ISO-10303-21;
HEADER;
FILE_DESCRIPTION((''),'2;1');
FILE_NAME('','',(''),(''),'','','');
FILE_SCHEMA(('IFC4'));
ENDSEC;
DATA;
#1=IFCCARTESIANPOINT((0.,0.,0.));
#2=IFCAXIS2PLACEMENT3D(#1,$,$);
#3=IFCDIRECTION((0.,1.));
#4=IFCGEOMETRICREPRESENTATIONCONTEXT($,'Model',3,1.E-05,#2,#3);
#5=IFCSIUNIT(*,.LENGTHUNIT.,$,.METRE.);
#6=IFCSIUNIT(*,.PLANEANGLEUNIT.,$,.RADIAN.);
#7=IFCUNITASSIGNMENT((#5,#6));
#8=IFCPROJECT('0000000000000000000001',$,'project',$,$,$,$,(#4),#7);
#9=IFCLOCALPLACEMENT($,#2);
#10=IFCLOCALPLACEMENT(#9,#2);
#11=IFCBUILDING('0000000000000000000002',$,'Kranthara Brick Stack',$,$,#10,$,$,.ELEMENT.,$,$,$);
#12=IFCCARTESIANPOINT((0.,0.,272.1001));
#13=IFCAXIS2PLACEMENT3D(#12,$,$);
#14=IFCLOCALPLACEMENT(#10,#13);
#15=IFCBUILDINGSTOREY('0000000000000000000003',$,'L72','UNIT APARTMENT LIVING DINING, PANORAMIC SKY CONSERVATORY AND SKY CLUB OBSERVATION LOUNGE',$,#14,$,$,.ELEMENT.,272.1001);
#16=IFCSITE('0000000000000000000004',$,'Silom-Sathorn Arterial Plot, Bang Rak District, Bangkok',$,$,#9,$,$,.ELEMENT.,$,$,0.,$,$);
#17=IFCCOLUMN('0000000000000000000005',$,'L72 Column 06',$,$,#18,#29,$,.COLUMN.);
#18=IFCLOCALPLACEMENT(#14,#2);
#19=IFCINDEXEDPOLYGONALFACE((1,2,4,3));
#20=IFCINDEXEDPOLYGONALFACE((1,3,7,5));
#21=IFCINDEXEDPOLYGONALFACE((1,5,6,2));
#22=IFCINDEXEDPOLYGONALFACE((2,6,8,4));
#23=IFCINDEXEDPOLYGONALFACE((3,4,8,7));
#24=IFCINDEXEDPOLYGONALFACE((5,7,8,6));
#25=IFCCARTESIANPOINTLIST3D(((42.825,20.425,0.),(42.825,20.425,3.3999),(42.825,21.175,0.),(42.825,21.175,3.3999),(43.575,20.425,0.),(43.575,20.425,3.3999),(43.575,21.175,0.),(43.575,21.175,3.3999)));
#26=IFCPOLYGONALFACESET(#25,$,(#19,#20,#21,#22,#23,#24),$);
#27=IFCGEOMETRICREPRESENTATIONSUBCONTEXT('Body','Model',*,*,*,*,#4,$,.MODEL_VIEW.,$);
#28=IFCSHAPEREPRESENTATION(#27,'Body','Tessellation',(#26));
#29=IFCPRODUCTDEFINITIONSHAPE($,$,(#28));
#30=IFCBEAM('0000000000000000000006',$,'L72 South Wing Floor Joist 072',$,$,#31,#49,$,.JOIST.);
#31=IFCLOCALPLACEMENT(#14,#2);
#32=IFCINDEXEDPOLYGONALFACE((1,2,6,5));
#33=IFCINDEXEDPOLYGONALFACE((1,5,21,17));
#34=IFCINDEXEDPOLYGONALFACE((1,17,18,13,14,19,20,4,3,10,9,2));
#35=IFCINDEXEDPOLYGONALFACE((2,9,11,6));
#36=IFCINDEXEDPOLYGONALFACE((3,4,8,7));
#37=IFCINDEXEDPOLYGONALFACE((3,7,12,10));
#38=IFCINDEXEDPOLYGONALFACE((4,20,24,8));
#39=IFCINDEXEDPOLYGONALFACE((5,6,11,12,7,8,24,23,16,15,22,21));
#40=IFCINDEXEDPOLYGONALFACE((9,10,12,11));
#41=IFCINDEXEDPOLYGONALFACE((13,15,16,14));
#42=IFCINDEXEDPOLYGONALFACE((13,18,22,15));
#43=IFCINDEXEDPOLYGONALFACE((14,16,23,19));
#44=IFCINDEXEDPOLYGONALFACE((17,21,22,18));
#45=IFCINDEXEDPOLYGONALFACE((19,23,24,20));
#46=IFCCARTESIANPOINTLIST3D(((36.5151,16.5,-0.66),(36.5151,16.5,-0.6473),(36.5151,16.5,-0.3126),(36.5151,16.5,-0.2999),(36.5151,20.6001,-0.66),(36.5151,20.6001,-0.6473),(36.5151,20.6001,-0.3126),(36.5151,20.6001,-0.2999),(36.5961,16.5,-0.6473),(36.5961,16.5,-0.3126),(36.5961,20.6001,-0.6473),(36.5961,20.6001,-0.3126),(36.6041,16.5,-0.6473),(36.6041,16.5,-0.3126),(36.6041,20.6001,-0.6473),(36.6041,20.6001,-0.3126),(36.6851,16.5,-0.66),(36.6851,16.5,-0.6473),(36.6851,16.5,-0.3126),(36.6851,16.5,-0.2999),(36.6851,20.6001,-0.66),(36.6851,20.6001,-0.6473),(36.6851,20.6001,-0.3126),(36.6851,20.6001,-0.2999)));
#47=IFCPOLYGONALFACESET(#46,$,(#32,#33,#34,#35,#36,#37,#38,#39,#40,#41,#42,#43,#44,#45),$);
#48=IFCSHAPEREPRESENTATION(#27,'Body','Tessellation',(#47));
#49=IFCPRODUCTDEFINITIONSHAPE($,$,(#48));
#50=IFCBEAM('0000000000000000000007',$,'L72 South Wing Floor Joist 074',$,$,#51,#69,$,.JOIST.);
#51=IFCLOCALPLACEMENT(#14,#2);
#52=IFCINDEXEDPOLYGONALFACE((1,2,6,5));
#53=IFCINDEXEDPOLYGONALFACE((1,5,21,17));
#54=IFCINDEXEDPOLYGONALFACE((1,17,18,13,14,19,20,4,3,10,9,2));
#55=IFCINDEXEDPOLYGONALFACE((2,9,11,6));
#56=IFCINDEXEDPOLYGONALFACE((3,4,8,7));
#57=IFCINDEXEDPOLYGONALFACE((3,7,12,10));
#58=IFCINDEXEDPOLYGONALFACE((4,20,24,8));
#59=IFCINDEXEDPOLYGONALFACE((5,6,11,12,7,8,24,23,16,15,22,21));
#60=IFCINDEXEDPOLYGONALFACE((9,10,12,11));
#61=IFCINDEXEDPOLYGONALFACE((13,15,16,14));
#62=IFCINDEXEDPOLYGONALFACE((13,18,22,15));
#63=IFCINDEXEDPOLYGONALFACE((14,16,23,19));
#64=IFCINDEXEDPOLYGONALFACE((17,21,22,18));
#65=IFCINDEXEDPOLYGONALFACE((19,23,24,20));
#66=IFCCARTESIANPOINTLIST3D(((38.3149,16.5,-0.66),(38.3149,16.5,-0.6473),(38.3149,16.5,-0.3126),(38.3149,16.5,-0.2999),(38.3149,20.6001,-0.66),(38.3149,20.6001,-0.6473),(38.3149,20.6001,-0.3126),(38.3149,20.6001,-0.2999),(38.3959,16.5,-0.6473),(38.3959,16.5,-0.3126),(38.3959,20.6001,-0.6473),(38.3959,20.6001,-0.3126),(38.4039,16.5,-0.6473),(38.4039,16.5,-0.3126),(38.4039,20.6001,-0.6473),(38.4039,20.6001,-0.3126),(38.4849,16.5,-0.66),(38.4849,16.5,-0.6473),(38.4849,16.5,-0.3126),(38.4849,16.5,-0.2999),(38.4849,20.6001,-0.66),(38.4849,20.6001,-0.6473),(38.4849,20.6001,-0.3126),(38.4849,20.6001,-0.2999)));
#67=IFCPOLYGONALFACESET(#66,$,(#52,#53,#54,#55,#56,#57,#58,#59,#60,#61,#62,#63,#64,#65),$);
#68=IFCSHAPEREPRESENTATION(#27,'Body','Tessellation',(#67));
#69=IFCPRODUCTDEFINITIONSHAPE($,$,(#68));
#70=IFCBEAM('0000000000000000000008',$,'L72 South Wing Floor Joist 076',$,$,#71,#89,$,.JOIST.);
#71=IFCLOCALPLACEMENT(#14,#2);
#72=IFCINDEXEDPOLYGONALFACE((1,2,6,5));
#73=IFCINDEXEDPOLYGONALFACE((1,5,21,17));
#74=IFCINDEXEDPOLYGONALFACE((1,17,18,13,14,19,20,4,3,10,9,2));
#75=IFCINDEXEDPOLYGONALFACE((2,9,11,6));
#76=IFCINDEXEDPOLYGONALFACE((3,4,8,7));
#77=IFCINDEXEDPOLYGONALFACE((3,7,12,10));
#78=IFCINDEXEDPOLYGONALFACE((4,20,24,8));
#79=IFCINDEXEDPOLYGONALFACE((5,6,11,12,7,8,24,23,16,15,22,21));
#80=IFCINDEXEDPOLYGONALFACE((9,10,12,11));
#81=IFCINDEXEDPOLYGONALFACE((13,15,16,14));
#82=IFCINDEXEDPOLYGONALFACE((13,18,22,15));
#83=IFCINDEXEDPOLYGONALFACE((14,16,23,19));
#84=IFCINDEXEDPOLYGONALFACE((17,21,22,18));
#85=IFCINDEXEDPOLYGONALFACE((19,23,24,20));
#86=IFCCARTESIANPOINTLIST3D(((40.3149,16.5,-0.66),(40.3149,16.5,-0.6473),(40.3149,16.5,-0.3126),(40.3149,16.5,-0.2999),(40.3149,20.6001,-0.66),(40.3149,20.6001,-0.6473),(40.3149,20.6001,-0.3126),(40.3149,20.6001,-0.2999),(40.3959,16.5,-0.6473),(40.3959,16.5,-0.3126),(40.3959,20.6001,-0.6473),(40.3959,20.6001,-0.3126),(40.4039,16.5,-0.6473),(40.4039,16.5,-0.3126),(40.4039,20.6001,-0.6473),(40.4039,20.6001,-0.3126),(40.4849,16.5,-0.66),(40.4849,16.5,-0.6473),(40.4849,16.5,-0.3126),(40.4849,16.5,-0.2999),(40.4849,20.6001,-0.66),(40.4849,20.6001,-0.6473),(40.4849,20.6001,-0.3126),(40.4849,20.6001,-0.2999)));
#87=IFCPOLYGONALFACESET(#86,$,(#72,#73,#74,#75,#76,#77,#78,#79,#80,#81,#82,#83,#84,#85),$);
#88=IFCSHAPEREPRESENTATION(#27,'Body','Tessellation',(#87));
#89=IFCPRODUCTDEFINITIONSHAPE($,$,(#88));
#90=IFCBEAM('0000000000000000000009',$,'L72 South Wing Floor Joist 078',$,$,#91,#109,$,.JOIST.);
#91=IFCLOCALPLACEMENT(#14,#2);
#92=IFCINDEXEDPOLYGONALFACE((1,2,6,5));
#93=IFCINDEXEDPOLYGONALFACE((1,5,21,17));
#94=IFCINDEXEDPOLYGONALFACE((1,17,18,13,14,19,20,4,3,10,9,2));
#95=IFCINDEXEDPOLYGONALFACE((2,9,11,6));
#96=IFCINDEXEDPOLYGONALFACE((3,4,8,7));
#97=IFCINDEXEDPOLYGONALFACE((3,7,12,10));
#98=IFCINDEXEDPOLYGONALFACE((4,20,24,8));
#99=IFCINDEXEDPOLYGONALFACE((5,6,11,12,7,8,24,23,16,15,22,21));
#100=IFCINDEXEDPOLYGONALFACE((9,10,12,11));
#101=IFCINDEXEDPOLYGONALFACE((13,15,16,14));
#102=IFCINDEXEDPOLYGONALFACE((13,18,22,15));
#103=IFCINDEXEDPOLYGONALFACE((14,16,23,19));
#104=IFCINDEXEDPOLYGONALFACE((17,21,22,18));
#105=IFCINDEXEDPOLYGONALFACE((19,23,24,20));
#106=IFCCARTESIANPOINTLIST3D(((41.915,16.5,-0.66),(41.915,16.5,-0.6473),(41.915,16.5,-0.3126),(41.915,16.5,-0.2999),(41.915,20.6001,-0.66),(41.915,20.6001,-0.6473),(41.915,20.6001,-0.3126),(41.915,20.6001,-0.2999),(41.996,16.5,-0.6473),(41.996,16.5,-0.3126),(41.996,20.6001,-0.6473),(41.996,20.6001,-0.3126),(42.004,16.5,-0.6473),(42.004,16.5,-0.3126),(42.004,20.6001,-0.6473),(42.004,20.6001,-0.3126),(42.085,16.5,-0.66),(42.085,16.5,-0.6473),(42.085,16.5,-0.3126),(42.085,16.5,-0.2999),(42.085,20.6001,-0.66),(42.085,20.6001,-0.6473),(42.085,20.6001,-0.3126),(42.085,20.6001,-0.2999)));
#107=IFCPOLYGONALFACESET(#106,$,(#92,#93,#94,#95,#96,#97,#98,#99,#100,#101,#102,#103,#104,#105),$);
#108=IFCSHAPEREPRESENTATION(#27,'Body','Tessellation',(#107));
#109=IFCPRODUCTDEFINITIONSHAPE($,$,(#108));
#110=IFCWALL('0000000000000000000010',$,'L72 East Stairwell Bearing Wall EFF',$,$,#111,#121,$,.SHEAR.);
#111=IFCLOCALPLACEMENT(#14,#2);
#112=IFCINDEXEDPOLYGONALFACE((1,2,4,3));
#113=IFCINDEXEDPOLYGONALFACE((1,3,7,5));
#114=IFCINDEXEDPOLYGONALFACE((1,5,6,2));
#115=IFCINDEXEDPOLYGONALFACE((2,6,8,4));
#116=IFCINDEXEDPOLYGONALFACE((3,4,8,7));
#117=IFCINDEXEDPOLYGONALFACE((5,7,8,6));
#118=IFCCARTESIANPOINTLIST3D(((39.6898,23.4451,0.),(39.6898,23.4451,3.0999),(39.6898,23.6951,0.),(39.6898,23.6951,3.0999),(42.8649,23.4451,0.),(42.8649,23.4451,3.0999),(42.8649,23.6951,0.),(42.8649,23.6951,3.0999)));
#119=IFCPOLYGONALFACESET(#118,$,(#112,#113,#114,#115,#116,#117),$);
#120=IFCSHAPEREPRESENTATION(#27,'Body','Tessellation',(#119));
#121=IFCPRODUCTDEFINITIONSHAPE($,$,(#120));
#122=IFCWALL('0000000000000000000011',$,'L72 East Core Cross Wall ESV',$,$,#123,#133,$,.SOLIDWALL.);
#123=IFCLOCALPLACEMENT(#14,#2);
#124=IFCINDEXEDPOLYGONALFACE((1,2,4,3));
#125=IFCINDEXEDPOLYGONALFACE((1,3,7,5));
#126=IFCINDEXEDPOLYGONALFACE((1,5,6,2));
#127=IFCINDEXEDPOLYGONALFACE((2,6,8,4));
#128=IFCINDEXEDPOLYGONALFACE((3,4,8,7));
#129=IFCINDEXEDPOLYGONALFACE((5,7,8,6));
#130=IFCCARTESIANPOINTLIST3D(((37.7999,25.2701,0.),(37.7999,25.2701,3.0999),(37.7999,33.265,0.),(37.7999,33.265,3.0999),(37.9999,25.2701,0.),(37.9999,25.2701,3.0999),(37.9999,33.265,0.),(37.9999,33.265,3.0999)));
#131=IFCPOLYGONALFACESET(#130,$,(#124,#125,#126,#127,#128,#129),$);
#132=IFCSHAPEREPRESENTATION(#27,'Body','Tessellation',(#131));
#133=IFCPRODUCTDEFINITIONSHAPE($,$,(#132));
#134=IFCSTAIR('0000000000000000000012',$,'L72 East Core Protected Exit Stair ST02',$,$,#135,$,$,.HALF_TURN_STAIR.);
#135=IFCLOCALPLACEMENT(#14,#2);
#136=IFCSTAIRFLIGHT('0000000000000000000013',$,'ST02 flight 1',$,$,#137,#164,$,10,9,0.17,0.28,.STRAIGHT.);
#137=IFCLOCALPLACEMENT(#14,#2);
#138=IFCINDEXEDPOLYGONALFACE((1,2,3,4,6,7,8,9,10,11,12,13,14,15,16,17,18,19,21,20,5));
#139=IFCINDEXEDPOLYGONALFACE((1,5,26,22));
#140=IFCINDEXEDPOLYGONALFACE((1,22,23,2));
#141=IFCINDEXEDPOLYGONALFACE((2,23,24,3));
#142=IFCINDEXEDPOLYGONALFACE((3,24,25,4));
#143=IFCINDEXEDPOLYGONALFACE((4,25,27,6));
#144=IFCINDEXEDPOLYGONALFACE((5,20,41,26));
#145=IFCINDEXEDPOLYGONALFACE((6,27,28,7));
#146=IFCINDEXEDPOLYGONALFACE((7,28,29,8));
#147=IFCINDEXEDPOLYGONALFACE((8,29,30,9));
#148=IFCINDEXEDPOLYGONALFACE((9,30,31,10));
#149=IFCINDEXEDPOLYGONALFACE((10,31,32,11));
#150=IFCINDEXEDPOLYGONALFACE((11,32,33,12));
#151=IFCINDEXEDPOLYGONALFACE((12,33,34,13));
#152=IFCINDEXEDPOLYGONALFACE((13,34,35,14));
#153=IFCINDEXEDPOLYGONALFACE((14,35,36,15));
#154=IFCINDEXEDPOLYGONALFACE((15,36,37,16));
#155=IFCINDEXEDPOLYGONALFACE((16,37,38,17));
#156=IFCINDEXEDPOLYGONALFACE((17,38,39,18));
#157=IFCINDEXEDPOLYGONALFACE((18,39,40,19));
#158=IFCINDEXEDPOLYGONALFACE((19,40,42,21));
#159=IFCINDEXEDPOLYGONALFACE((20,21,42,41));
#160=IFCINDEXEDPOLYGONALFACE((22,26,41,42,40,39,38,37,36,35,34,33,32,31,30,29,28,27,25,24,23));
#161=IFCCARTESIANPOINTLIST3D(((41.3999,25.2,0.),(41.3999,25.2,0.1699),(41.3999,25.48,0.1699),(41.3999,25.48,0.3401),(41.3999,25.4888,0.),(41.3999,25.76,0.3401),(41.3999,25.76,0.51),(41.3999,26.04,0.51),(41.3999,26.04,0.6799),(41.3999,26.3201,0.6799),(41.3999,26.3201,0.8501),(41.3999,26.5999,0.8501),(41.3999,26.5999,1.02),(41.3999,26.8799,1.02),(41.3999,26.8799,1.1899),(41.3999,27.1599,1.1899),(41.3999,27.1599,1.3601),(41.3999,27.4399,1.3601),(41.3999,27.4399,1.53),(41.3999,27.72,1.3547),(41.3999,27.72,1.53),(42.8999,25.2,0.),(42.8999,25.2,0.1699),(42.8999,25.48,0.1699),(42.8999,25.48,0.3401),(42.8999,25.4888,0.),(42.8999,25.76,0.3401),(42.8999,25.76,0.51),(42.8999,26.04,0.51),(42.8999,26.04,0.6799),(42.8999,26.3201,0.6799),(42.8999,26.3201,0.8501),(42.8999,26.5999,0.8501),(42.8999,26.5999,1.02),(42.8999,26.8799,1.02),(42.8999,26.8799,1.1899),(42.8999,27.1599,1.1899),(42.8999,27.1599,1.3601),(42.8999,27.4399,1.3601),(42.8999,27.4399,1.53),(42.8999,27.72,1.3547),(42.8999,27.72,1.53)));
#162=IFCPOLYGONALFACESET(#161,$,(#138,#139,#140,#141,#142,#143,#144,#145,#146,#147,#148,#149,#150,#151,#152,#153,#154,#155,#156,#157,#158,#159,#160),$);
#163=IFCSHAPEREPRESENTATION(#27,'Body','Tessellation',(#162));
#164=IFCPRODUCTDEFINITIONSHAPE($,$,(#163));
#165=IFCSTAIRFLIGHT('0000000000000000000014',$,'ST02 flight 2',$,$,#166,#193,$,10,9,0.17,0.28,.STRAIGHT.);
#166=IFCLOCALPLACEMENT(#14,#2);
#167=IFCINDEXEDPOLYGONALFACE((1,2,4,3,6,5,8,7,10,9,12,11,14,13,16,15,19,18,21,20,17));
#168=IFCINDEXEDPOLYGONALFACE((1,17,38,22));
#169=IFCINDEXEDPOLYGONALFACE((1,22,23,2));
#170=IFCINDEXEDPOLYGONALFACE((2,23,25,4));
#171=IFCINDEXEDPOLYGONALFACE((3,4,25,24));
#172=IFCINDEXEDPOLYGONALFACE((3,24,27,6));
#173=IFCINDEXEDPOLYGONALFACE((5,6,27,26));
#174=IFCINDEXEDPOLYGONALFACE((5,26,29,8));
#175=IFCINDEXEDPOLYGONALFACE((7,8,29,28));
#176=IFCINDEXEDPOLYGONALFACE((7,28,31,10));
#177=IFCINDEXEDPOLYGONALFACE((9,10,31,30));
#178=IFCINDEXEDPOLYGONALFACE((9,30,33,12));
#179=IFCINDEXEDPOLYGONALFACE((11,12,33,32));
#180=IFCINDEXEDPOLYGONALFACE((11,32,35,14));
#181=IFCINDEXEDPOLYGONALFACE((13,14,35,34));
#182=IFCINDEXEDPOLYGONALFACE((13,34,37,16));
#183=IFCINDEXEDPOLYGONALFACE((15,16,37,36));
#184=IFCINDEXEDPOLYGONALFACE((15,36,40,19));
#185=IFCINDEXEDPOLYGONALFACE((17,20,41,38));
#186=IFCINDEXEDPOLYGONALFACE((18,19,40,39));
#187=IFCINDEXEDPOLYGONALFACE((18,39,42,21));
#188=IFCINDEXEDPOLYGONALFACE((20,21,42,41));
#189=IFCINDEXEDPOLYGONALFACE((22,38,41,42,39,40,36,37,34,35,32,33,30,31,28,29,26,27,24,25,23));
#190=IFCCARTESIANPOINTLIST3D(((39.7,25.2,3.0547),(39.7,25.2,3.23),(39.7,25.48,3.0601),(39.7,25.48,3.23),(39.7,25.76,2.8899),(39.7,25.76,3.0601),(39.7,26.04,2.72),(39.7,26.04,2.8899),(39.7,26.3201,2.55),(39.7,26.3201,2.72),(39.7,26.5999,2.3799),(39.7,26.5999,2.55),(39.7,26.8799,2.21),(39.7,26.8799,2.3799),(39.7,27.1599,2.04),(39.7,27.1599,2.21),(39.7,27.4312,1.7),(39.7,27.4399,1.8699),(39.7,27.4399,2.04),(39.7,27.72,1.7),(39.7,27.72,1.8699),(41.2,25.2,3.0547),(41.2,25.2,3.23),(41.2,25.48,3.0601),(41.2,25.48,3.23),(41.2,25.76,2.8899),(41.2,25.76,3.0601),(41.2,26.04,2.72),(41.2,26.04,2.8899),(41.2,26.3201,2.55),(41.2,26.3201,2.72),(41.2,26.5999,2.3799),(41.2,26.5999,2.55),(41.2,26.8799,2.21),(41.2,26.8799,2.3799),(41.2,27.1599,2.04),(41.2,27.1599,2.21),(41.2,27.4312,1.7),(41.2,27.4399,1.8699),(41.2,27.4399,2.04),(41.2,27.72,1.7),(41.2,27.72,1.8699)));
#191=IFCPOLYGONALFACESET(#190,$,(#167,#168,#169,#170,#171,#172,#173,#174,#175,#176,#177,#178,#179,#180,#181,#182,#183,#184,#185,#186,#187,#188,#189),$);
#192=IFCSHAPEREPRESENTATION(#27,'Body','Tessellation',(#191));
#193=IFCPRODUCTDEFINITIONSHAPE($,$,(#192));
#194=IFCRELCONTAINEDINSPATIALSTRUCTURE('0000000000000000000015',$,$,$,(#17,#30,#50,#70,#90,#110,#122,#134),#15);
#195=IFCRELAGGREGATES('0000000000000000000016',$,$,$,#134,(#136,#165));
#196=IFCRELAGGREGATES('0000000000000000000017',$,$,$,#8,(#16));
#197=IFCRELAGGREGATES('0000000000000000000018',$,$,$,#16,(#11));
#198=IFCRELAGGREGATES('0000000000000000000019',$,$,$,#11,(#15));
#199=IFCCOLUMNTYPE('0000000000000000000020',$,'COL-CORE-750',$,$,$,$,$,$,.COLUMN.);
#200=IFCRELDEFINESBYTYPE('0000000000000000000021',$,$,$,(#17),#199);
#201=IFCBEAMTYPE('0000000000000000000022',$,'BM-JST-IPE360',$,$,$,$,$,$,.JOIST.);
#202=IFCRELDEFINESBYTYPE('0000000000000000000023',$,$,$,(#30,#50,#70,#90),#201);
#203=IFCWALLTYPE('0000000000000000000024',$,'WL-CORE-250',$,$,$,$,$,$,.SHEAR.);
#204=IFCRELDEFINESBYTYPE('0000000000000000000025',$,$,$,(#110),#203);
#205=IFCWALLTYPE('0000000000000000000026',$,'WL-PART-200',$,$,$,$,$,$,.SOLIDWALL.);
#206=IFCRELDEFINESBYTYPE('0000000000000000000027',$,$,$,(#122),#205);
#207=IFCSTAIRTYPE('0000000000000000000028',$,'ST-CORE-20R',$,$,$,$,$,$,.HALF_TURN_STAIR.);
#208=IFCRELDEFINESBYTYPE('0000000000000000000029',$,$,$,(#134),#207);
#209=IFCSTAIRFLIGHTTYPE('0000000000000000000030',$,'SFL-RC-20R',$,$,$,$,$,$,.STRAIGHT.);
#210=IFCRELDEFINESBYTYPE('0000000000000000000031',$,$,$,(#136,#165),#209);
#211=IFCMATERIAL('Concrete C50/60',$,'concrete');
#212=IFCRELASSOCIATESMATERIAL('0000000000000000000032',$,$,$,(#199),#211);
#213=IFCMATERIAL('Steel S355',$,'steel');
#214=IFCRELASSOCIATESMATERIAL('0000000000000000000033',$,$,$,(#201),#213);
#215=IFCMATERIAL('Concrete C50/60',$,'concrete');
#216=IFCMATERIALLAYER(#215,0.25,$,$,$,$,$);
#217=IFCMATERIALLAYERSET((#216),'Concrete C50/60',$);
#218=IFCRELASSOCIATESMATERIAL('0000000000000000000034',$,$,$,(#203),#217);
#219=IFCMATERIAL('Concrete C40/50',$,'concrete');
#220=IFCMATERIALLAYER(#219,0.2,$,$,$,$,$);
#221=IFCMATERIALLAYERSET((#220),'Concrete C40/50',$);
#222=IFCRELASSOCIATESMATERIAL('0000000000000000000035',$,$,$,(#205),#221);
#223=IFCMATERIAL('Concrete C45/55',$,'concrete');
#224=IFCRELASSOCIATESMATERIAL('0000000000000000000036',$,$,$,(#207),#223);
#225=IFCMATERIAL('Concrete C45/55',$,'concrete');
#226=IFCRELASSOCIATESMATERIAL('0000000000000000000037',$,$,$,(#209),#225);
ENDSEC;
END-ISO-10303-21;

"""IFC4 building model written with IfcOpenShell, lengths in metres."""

from ifc_helpers import new_model, si_unit, direction, frame, frame_2d, origin, origin_2d, place, context, subcontext, project, spatial, polyline, rectangle, i_section, outline, extrude, material, layer, layer_set, material_profile, profile_set, type_object, element, aggregate, save


model = new_model("IFC4")

# Units and contexts
model_context = context("Model", 3, precision=1e-05, world=origin(), true_north=direction((0.0, 1.0)))
body_context = subcontext(model_context, "Body", "Model", "MODEL_VIEW")
ifc_project = project(units=[si_unit("LENGTHUNIT", "METRE"), si_unit("PLANEANGLEUNIT", "RADIAN")], contexts=[model_context])

# Site, building, storey
site_placement = place(None, origin())
site = spatial("IfcSite", under=ifc_project, at=site_placement, Name="Silom-Sathorn Arterial Plot, Bang Rak District, Bangkok", CompositionType="ELEMENT", RefElevation=0.0)
building_placement = place(site_placement, origin())
building = spatial("IfcBuilding", under=site, at=building_placement, Name="Kranthara Brick Stack", CompositionType="ELEMENT")
storey_placement = place(building_placement, frame((0.0, 0.0, 272.1001)))
storey = spatial("IfcBuildingStorey", under=building, at=storey_placement, Name="L72", Description="UNIT APARTMENT LIVING DINING, PANORAMIC SKY CONSERVATORY AND SKY CLUB OBSERVATION LOUNGE", CompositionType="ELEMENT", Elevation=272.1001)

# Column
ifc_material_1 = material(Name="Concrete C50/60", Category="concrete")
ifc_material_profile_1 = material_profile(ifc_material_1, rectangle(XDim=0.75, YDim=0.75, at=origin_2d()), Name="RC 750x750")
ifc_profile_set_1 = profile_set([ifc_material_profile_1], Name="Concrete C50/60")
column_type = type_object("IfcColumnType", Name="COL-CORE-750", PredefinedType="COLUMN", material=ifc_profile_set_1)
column_placement = place(storey_placement, frame((43.2, 20.8, 0.0), z_axis=(0.0, 0.0, 1.0), x_axis=(1.0, 0.0, 0.0)))
element("IfcColumn", 1, at=column_placement, inside=storey, type_object=column_type, Name="L72 Column 06", PredefinedType="COLUMN", context=body_context, shape_type="SweptSolid", body=[
    extrude(rectangle(XDim=0.75, YDim=0.75, at=origin_2d()), origin(), (0.0, 0.0, 1.0), 3.3999),
])

# Beams
ifc_material_2 = material(Name="Steel S355", Category="steel")
ifc_material_profile_2 = material_profile(ifc_material_2, i_section(OverallWidth=0.1699, OverallDepth=0.3601, WebThickness=0.0081, FlangeThickness=0.0127, at=origin_2d()), Name="IPE 360")
ifc_profile_set_2 = profile_set([ifc_material_profile_2], Name="Steel S355")
beam_type = type_object("IfcBeamType", Name="BM-JST-IPE360", PredefinedType="JOIST", material=ifc_profile_set_2)
for number, where, z_axis, x_axis, name in (
    (2, (36.6001, 16.5, -0.48), (0.0, 1.0, 0.0), (-1.0, 0.0, 0.0), "L72 South Wing Floor Joist 072"),
    (3, (38.3999, 16.5, -0.48), (0.0, 1.0, 0.0), (-1.0, 0.0, 0.0), "L72 South Wing Floor Joist 074"),
    (4, (40.3999, 16.5, -0.48), (0.0, 1.0, 0.0), (-1.0, 0.0, 0.0), "L72 South Wing Floor Joist 076"),
    (5, (42.0, 16.5, -0.48), (0.0, 1.0, 0.0), (-1.0, 0.0, 0.0), "L72 South Wing Floor Joist 078"),
):
    element("IfcBeam", number, at=place(storey_placement, frame(where, z_axis=z_axis, x_axis=x_axis)), inside=storey, type_object=beam_type, Name=name, PredefinedType="JOIST", context=body_context, shape_type="SweptSolid", body=[
        extrude(i_section(OverallWidth=0.1699, OverallDepth=0.3601, WebThickness=0.0081, FlangeThickness=0.0127, at=origin_2d()), origin(), (0.0, 0.0, 1.0), 4.1001),
    ])

# Shared definitions
ifc_material_3 = material(Name="Concrete C50/60", Category="concrete")
ifc_layer_1 = layer(ifc_material_3, 0.25)
ifc_layer_set_1 = layer_set([ifc_layer_1], Name="Concrete C50/60")
wall_type_1 = type_object("IfcWallType", Name="WL-CORE-250", PredefinedType="SHEAR", material=ifc_layer_set_1)

# Walls
wall_1_placement = place(storey_placement, frame((39.6899, 23.5701, 0.0), z_axis=(0.0, 0.0, 1.0), x_axis=(1.0, 0.0, 0.0)))
element("IfcWall", 6, at=wall_1_placement, inside=storey, type_object=wall_type_1, Name="L72 East Stairwell Bearing Wall EFF", PredefinedType="SHEAR", context=body_context, shape_type="SweptSolid", body=[
    extrude(rectangle(XDim=3.175, YDim=0.25, at=frame_2d((1.5874, 0.0))), origin(), (0.0, 0.0, 1.0), 3.0999),
])
ifc_material_4 = material(Name="Concrete C40/50", Category="concrete")
ifc_layer_2 = layer(ifc_material_4, 0.2)
ifc_layer_set_2 = layer_set([ifc_layer_2], Name="Concrete C40/50")
wall_type_2 = type_object("IfcWallType", Name="WL-PART-200", PredefinedType="SOLIDWALL", material=ifc_layer_set_2)
wall_2_placement = place(storey_placement, frame((37.8999, 25.27, 0.0), z_axis=(0.0, 0.0, 1.0), x_axis=(0.0, 1.0, 0.0)))
element("IfcWall", 7, at=wall_2_placement, inside=storey, type_object=wall_type_2, Name="L72 East Core Cross Wall ESV", PredefinedType="SOLIDWALL", context=body_context, shape_type="SweptSolid", body=[
    extrude(rectangle(XDim=7.9949, YDim=0.2, at=frame_2d((3.9976, 0.0))), origin(), (0.0, 0.0, 1.0), 3.0999),
])

# Stair, stair flights
ifc_material_5 = material(Name="Concrete C45/55", Category="concrete")
stair_type = type_object("IfcStairType", Name="ST-CORE-20R", PredefinedType="HALF_TURN_STAIR", material=ifc_material_5)
stair_placement = place(storey_placement, origin())
stair = element("IfcStair", 8, at=stair_placement, inside=storey, type_object=stair_type, Name="L72 East Core Protected Exit Stair ST02", PredefinedType="HALF_TURN_STAIR")
ifc_material_6 = material(Name="Concrete C45/55", Category="concrete")
stair_flight_type = type_object("IfcStairFlightType", Name="SFL-RC-20R", PredefinedType="STRAIGHT", material=ifc_material_6)
stair_flight_1_placement = place(storey_placement, frame((42.1499, 25.2, 0.0), z_axis=(0.0, 0.0, 1.0), x_axis=(0.0, 1.0, 0.0)))
stair_flight_1 = element("IfcStairFlight", 9, at=stair_flight_1_placement, type_object=stair_flight_type, Name="ST02 flight 1", NumberOfRisers=10, NumberOfTreads=9, PredefinedType="STRAIGHT", RiserHeight=0.17, TreadLength=0.28, context=body_context, shape_type="SweptSolid", body=[
    extrude(outline(polyline([(0.0, 0.0), (0.0, 0.1699), (0.28, 0.1699), (0.28, 0.3401), (0.5601, 0.3401), (0.5601, 0.51), (0.8401, 0.51), (0.8401, 0.6799), (1.1201, 0.6799), (1.1201, 0.8501), (1.3999, 0.8501), (1.3999, 1.02), (1.6799, 1.02), (1.6799, 1.1899), (1.96, 1.1899), (1.96, 1.3601), (2.24, 1.3601), (2.24, 1.53), (2.52, 1.53), (2.52, 1.7), (2.52, 1.3547), (0.2888, 0.0), (0.0, 0.0)])), frame((0.0, 0.75, 0.0), z_axis=(0.0, -1.0, 0.0), x_axis=(1.0, 0.0, 0.0)), (0.0, 0.0, 1.0), 1.5),
])
stair_flight_2_placement = place(storey_placement, frame((40.45, 27.72, 1.7), z_axis=(0.0, 0.0, 1.0), x_axis=(0.0, -1.0, 0.0)))
stair_flight_2 = element("IfcStairFlight", 10, at=stair_flight_2_placement, type_object=stair_flight_type, Name="ST02 flight 2", NumberOfRisers=10, NumberOfTreads=9, PredefinedType="STRAIGHT", RiserHeight=0.17, TreadLength=0.28, context=body_context, shape_type="SweptSolid", body=[
    extrude(outline(polyline([(0.0, 0.0), (0.0, 0.1699), (0.28, 0.1699), (0.28, 0.3401), (0.5601, 0.3401), (0.5601, 0.51), (0.8401, 0.51), (0.8401, 0.6799), (1.1201, 0.6799), (1.1201, 0.8501), (1.3999, 0.8501), (1.3999, 1.02), (1.6799, 1.02), (1.6799, 1.1899), (1.96, 1.1899), (1.96, 1.3601), (2.24, 1.3601), (2.24, 1.53), (2.52, 1.53), (2.52, 1.7), (2.52, 1.3547), (0.2888, 0.0), (0.0, 0.0)])), frame((0.0, 0.75, 0.0), z_axis=(0.0, -1.0, 0.0), x_axis=(1.0, 0.0, 0.0)), (0.0, 0.0, 1.0), 1.5),
])
aggregate(stair, [stair_flight_1, stair_flight_2])

save(model, "model.ifc")
